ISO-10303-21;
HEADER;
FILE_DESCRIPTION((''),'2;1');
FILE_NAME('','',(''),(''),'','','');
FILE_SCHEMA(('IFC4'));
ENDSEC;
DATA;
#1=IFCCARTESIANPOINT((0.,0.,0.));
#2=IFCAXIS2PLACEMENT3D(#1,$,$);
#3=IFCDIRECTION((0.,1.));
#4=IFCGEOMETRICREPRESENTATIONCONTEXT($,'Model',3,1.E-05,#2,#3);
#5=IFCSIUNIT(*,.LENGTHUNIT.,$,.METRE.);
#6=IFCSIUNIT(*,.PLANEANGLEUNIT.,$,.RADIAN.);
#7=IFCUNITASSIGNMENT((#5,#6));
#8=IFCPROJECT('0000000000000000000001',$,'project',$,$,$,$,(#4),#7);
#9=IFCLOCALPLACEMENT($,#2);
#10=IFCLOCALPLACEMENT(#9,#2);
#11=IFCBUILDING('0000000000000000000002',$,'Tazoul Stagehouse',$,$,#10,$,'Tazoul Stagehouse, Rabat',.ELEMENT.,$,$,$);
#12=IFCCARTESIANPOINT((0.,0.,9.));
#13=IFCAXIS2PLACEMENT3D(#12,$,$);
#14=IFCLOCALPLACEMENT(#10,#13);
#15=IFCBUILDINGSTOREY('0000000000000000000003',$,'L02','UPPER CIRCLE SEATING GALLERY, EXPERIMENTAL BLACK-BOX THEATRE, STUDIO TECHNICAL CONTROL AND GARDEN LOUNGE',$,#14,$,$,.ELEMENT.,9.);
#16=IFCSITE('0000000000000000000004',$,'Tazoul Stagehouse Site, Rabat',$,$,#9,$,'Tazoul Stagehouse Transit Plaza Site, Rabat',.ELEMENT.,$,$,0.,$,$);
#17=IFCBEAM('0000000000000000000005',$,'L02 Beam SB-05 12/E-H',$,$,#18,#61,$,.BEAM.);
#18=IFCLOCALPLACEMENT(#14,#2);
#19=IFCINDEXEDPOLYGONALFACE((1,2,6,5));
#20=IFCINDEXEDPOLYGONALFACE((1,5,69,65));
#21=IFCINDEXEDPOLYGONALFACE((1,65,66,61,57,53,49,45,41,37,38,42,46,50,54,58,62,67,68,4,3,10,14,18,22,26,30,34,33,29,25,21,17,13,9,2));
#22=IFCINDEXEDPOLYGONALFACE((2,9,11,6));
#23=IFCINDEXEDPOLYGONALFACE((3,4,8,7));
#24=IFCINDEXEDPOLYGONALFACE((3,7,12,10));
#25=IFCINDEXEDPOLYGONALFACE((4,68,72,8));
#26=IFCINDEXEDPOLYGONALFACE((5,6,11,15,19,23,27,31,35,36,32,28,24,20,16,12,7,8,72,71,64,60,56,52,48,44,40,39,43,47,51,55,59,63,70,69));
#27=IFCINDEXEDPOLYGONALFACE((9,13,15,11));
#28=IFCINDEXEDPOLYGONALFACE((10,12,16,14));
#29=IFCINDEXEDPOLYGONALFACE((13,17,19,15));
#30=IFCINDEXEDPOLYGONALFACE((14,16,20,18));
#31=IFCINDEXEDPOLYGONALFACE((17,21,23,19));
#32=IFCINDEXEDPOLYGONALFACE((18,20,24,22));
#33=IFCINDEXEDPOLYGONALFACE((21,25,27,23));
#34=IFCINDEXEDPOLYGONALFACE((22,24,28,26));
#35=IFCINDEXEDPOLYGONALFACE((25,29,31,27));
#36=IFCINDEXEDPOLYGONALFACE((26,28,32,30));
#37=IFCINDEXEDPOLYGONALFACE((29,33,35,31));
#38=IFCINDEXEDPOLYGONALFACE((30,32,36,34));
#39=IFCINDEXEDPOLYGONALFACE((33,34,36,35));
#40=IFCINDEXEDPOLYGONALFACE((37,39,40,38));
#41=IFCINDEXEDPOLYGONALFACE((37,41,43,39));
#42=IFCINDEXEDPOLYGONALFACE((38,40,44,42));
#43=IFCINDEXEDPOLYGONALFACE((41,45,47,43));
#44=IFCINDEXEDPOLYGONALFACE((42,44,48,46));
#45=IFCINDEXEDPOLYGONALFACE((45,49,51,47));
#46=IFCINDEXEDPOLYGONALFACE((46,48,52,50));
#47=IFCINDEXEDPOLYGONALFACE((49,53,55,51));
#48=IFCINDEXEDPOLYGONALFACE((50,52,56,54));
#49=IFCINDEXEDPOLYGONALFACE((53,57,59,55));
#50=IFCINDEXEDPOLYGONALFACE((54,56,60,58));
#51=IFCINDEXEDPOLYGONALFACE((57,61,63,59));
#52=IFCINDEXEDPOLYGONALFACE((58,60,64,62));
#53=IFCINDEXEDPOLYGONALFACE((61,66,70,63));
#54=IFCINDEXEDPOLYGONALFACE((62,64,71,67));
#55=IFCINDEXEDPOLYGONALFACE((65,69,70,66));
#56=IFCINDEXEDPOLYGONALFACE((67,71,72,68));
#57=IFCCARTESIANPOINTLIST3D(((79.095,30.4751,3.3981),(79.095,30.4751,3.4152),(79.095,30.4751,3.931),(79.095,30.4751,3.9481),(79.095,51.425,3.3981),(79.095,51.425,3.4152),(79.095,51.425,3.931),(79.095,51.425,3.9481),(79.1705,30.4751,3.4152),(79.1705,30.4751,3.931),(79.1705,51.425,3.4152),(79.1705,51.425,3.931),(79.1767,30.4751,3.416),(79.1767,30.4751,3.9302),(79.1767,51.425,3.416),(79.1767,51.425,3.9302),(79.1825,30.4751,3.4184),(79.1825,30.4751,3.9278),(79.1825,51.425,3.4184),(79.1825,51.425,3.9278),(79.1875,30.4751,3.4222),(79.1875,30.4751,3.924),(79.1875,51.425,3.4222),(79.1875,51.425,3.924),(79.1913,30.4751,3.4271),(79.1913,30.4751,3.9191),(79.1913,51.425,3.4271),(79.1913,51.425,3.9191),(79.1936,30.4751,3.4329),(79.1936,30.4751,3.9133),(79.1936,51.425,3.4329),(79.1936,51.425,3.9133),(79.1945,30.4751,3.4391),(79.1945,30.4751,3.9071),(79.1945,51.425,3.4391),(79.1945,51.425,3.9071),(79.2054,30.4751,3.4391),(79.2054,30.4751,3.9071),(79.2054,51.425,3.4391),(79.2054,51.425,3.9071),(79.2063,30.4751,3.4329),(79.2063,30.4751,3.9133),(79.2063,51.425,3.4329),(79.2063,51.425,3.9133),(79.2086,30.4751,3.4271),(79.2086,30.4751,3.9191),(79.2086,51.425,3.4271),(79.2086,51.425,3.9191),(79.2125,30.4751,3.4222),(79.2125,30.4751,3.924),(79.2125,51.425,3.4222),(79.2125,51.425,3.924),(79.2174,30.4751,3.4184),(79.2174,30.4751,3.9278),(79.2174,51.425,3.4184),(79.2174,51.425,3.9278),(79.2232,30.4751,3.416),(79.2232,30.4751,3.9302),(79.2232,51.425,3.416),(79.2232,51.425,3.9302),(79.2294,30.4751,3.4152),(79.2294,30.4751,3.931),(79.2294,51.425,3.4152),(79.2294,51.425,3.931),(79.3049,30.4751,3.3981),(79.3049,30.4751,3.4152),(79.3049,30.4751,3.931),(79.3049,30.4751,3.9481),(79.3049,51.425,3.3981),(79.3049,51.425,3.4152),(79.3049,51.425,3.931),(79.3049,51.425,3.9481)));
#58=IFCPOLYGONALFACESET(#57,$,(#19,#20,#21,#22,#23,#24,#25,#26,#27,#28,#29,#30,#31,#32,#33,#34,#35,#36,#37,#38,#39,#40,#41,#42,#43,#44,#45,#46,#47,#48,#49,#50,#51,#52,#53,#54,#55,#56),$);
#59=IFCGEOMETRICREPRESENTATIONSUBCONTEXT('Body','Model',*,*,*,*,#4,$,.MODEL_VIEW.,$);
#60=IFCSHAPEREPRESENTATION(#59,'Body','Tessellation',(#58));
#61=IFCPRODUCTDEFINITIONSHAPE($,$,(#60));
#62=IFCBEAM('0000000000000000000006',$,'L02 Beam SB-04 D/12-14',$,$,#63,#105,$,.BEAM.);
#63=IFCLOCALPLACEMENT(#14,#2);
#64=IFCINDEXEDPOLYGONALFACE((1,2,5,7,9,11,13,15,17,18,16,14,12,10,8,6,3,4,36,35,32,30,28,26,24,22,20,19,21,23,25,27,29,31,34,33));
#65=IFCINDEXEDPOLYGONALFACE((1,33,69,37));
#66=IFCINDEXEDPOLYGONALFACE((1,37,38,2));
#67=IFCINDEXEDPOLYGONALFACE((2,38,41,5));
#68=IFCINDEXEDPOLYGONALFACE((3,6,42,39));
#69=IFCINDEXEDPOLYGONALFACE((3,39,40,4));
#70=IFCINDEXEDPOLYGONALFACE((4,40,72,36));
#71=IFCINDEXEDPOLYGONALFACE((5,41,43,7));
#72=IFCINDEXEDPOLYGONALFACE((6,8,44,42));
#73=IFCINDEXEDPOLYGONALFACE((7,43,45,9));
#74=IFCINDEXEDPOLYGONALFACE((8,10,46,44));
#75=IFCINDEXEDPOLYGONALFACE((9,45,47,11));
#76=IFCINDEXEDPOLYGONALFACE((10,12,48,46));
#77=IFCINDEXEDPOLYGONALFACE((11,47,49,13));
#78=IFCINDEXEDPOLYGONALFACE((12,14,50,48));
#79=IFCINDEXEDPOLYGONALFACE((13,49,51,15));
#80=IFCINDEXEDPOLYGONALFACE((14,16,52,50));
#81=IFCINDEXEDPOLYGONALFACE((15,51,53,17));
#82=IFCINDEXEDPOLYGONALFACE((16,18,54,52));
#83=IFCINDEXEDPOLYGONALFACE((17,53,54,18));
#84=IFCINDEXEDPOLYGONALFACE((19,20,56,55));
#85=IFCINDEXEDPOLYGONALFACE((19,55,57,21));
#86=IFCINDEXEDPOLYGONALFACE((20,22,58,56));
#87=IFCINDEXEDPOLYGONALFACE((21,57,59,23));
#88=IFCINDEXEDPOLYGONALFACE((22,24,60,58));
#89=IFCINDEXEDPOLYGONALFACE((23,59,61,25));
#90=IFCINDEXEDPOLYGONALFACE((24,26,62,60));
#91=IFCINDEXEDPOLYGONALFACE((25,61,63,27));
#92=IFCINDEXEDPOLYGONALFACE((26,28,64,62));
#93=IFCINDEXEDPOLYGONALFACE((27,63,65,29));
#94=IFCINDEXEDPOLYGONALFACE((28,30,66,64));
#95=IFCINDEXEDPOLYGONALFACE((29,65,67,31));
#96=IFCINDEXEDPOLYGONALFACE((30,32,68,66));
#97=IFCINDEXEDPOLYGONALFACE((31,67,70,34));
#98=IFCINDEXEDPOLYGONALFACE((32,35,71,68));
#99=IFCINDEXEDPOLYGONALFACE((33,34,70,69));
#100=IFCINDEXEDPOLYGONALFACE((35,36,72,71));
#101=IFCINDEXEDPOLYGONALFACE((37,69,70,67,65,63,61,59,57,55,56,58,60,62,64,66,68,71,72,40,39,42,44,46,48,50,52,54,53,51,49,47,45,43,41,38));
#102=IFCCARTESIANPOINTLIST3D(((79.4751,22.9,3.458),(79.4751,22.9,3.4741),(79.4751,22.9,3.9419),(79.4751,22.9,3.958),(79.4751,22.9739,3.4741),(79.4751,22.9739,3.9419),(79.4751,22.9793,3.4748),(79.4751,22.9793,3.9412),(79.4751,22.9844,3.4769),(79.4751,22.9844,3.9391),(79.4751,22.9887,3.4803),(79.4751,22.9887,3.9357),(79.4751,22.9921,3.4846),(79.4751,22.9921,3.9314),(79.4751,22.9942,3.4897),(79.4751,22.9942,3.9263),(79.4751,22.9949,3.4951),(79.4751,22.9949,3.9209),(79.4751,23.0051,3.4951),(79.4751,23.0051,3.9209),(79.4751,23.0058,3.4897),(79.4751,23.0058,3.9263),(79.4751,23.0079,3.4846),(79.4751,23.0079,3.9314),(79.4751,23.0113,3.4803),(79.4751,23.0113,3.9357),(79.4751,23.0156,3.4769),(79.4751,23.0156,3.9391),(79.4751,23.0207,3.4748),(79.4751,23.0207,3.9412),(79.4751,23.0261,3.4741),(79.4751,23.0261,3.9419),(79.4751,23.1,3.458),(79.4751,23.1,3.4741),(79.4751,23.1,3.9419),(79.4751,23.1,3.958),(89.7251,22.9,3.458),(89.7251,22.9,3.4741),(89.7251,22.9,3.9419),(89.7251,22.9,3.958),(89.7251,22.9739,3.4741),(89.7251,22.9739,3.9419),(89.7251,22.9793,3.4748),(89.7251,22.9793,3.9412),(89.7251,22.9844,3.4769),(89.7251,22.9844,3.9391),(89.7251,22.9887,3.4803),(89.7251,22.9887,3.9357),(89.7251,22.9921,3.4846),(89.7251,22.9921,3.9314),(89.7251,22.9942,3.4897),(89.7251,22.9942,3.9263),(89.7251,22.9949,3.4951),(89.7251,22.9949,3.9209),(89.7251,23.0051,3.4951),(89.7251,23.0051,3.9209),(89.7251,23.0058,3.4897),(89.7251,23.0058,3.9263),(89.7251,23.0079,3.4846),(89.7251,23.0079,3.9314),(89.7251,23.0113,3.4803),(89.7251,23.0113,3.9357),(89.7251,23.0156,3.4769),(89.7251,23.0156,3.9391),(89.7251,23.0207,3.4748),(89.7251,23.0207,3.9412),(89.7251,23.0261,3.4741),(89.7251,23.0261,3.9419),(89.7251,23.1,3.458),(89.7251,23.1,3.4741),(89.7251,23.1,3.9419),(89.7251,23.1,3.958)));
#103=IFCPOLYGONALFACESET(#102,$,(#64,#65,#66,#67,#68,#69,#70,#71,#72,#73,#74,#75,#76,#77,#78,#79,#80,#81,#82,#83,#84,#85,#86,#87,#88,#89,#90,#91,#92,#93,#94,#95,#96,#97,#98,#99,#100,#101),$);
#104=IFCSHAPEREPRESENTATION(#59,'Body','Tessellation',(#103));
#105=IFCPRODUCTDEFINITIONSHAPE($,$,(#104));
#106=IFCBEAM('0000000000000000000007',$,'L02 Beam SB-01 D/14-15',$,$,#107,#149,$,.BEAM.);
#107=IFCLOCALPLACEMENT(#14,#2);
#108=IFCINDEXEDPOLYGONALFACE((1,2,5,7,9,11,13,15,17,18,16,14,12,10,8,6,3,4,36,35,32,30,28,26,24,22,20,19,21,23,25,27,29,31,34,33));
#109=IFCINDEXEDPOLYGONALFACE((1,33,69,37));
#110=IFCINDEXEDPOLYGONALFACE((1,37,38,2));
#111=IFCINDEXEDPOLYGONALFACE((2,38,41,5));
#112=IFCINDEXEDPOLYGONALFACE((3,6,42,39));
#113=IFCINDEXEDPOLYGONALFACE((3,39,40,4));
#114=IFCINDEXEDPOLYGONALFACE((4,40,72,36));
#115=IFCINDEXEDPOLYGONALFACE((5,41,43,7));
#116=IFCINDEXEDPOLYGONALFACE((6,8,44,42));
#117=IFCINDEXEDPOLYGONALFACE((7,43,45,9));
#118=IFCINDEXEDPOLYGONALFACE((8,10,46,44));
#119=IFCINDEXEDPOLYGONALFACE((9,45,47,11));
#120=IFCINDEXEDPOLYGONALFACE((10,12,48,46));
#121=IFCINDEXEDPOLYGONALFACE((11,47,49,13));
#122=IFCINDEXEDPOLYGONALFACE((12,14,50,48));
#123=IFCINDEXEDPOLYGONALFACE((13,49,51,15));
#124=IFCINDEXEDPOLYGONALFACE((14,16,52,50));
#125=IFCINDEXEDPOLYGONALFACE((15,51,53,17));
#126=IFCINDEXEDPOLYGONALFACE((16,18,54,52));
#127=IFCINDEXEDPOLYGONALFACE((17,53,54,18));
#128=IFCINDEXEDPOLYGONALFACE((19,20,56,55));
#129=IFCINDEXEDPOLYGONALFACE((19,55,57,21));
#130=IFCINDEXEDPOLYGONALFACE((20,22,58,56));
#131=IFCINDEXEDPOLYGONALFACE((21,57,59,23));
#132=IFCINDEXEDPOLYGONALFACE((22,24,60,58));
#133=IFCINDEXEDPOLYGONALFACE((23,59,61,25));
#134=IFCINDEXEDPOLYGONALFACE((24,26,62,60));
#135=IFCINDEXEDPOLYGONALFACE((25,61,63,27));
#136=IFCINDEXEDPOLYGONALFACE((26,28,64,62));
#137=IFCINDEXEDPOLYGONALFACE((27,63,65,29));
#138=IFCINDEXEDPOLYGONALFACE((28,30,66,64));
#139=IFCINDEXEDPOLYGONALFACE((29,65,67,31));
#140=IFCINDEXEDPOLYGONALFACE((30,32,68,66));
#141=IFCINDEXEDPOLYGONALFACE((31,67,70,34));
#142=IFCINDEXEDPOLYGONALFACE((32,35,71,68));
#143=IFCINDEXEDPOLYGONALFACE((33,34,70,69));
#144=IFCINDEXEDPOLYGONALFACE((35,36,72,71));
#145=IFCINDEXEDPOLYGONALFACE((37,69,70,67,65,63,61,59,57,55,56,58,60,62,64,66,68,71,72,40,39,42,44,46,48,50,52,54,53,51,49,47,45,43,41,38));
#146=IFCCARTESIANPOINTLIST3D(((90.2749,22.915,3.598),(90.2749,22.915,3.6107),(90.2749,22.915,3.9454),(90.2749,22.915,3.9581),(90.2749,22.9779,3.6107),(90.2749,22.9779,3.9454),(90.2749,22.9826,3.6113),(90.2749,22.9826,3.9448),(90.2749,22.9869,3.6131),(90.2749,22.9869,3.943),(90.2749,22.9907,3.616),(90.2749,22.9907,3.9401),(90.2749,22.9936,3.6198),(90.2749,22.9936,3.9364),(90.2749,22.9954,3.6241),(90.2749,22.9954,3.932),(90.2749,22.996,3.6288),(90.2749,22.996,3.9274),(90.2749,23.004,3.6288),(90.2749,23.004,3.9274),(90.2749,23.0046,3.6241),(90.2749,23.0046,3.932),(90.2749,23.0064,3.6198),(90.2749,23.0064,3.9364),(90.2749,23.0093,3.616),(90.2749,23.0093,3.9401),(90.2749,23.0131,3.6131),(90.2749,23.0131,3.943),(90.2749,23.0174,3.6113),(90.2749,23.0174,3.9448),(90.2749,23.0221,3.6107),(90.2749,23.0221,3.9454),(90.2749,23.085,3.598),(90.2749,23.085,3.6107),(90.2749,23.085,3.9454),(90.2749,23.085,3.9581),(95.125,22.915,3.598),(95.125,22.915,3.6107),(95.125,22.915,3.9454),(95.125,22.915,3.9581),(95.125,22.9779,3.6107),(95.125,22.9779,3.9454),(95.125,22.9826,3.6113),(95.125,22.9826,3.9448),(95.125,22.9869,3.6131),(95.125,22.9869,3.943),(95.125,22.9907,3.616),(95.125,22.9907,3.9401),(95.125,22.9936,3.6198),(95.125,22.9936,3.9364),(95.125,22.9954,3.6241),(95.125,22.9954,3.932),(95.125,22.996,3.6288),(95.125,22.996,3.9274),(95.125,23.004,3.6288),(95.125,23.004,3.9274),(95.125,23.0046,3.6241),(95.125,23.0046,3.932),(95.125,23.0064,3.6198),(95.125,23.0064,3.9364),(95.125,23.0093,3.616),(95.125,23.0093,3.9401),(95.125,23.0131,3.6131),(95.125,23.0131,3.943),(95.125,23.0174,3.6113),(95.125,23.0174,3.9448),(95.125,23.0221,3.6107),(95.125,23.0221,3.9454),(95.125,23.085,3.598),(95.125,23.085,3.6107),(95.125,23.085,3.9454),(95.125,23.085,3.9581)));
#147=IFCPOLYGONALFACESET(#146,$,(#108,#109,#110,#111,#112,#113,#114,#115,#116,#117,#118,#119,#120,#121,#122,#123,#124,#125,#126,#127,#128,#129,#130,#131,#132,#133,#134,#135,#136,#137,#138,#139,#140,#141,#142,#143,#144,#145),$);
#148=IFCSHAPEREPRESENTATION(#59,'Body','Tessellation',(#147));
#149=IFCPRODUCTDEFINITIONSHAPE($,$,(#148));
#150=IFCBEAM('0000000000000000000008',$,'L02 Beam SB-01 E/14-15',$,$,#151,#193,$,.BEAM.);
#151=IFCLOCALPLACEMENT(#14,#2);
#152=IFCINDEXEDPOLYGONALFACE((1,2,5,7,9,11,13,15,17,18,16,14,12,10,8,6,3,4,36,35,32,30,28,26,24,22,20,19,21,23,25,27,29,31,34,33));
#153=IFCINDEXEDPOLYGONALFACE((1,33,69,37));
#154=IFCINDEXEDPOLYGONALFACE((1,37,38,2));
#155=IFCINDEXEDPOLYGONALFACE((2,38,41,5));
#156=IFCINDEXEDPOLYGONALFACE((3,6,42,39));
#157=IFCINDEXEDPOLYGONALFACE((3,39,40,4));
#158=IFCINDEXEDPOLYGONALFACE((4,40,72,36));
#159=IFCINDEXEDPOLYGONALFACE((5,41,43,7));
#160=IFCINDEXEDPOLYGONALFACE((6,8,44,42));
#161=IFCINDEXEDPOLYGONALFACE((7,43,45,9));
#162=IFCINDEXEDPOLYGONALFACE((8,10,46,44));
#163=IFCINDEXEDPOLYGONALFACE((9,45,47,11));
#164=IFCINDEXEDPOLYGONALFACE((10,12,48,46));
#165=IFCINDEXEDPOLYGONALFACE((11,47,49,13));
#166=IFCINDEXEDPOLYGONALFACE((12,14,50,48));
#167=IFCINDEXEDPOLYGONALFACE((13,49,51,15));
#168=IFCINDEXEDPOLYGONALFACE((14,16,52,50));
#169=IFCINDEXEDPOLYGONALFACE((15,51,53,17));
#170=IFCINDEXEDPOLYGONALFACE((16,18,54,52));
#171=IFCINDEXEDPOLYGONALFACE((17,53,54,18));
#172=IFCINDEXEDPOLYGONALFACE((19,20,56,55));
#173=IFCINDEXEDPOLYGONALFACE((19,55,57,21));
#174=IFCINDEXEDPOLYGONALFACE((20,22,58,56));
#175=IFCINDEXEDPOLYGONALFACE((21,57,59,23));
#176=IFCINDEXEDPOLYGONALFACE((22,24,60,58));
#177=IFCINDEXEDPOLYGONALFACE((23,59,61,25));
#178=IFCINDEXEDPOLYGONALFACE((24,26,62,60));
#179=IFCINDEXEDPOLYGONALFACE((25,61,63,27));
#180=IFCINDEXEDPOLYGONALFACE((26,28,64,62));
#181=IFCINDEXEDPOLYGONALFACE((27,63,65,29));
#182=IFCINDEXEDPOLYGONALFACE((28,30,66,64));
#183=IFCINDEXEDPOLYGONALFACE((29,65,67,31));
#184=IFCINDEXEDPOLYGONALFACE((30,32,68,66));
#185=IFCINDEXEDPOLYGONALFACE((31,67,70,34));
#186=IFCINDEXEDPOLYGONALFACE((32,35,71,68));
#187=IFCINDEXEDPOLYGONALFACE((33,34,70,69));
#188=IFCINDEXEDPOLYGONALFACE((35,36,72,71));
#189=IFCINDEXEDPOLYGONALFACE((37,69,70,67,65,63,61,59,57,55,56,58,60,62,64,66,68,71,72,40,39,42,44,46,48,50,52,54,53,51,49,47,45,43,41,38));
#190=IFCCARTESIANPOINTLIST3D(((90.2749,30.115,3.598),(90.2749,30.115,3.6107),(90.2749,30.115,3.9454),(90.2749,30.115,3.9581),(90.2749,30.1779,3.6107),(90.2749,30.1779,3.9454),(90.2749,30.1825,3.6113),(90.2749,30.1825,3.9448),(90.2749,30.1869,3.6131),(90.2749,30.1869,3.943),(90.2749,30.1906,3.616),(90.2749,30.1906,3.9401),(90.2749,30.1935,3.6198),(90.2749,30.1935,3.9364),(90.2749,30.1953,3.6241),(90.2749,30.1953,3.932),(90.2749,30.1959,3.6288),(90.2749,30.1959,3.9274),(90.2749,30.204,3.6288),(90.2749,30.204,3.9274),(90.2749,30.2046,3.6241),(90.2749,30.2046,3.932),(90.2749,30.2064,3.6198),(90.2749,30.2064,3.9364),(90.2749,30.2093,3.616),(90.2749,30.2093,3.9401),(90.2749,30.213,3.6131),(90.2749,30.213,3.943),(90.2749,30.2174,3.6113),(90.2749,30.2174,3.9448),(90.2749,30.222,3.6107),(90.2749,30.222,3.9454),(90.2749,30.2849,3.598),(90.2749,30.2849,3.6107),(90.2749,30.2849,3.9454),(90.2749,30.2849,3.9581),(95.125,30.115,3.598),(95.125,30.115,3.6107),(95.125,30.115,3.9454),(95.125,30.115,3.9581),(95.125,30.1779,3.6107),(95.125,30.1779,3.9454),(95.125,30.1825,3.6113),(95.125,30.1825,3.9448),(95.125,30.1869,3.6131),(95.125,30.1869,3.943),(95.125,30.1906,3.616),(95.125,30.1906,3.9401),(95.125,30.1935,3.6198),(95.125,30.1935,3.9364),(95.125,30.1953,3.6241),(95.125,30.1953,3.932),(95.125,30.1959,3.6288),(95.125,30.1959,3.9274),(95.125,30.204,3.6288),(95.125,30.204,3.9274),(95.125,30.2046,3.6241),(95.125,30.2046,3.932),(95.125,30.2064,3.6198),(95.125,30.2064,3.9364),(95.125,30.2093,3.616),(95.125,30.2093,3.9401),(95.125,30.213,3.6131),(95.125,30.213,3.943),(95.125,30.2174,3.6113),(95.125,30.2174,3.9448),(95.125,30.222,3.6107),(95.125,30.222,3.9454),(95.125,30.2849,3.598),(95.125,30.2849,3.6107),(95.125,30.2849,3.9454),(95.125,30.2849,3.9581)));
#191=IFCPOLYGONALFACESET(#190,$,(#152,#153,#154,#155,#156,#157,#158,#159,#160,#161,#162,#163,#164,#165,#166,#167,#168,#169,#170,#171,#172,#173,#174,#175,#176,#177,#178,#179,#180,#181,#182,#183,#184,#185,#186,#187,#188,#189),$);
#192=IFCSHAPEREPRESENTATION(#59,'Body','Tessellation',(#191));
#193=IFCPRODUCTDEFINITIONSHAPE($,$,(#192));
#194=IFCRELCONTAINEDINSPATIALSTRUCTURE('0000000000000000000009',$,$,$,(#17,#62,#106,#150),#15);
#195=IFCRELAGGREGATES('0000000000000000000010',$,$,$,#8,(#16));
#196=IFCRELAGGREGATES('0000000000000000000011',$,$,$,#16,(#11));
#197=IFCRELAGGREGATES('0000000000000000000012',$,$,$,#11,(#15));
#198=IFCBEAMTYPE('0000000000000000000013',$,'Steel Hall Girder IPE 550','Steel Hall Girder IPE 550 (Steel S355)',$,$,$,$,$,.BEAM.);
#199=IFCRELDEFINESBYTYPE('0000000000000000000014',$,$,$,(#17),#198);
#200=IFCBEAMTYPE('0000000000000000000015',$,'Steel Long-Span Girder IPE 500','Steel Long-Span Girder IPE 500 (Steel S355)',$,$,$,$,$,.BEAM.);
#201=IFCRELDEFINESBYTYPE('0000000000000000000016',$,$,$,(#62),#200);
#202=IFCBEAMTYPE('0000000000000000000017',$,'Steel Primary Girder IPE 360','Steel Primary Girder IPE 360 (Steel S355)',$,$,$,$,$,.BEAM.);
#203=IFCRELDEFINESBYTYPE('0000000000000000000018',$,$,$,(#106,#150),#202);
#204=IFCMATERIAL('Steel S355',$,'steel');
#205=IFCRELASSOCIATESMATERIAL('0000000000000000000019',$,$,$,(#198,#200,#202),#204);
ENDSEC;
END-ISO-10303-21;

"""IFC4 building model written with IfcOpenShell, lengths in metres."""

from ifc_helpers import new_model, si_unit, direction, frame, origin, origin_2d, place, context, subcontext, project, spatial, i_section, extrude, material, material_profile, profile_set, type_object, element, save


model = new_model("IFC4")

# Units and contexts
model_context = context("Model", 3, precision=1e-05, world=origin(), true_north=direction((0.0, 1.0)))
body_context = subcontext(model_context, "Body", "Model", "MODEL_VIEW")
ifc_project = project(units=[si_unit("LENGTHUNIT", "METRE"), si_unit("PLANEANGLEUNIT", "RADIAN")], contexts=[model_context])

# Site, building, storey
site_placement = place(None, origin())
site = spatial("IfcSite", under=ifc_project, at=site_placement, Name="Tazoul Stagehouse Site, Rabat", LongName="Tazoul Stagehouse Transit Plaza Site, Rabat", CompositionType="ELEMENT", RefElevation=0.0)
building_placement = place(site_placement, origin())
building = spatial("IfcBuilding", under=site, at=building_placement, Name="Tazoul Stagehouse", LongName="Tazoul Stagehouse, Rabat", CompositionType="ELEMENT")
storey_placement = place(building_placement, frame((0.0, 0.0, 9.0)))
storey = spatial("IfcBuildingStorey", under=building, at=storey_placement, Name="L02", Description="UPPER CIRCLE SEATING GALLERY, EXPERIMENTAL BLACK-BOX THEATRE, STUDIO TECHNICAL CONTROL AND GARDEN LOUNGE", CompositionType="ELEMENT", Elevation=9.0)

# Beams
ifc_material_1 = material(Name="Steel S355", Category="steel")
ifc_material_profile_1 = material_profile(ifc_material_1, i_section(OverallWidth=0.21, OverallDepth=0.55, WebThickness=0.011, FlangeThickness=0.0171, FilletRadius=0.0239, at=origin_2d()), Name="IPE 550")
ifc_profile_set_1 = profile_set([ifc_material_profile_1], Name="Steel S355")
beam_type_1 = type_object("IfcBeamType", Name="Steel Hall Girder IPE 550", Description="Steel Hall Girder IPE 550 (Steel S355)", PredefinedType="BEAM", material=ifc_profile_set_1)
beam_1_placement = place(storey_placement, frame((79.2, 30.4751, 3.6731), z_axis=(0.0, 1.0, 0.0), x_axis=(-1.0, 0.0, 0.0)))
element("IfcBeam", 1, at=beam_1_placement, inside=storey, type_object=beam_type_1, Name="L02 Beam SB-05 12/E-H", PredefinedType="BEAM", context=body_context, shape_type="SweptSolid", body=[
    extrude(i_section(OverallWidth=0.21, OverallDepth=0.55, WebThickness=0.011, FlangeThickness=0.0171, FilletRadius=0.0239, at=origin_2d()), origin(), (0.0, 0.0, 1.0), 20.95),
])
ifc_material_profile_2 = material_profile(ifc_material_1, i_section(OverallWidth=0.2, OverallDepth=0.5, WebThickness=0.0103, FlangeThickness=0.0161, FilletRadius=0.021, at=origin_2d()), Name="IPE 500")
ifc_profile_set_2 = profile_set([ifc_material_profile_2], Name="Steel S355")
beam_type_2 = type_object("IfcBeamType", Name="Steel Long-Span Girder IPE 500", Description="Steel Long-Span Girder IPE 500 (Steel S355)", PredefinedType="BEAM", material=ifc_profile_set_2)
beam_2_placement = place(storey_placement, frame((79.4751, 23.0, 3.708), z_axis=(1.0, 0.0, 0.0), x_axis=(0.0, 1.0, 0.0)))
element("IfcBeam", 2, at=beam_2_placement, inside=storey, type_object=beam_type_2, Name="L02 Beam SB-04 D/12-14", PredefinedType="BEAM", context=body_context, shape_type="SweptSolid", body=[
    extrude(i_section(OverallWidth=0.2, OverallDepth=0.5, WebThickness=0.0103, FlangeThickness=0.0161, FilletRadius=0.021, at=origin_2d()), origin(), (0.0, 0.0, 1.0), 10.25),
])
ifc_material_profile_3 = material_profile(ifc_material_1, i_section(OverallWidth=0.1699, OverallDepth=0.3601, WebThickness=0.0081, FlangeThickness=0.0127, FilletRadius=0.0181, at=origin_2d()), Name="IPE 360")
ifc_profile_set_3 = profile_set([ifc_material_profile_3], Name="Steel S355")
beam_type_3 = type_object("IfcBeamType", Name="Steel Primary Girder IPE 360", Description="Steel Primary Girder IPE 360 (Steel S355)", PredefinedType="BEAM", material=ifc_profile_set_3)
for number, where, z_axis, x_axis, name in (
    (3, (90.2749, 23.0, 3.7781), (1.0, 0.0, 0.0), (0.0, 1.0, 0.0), "L02 Beam SB-01 D/14-15"),
    (4, (90.2749, 30.2, 3.7781), (1.0, 0.0, 0.0), (0.0, 1.0, 0.0), "L02 Beam SB-01 E/14-15"),
):
    element("IfcBeam", number, at=place(storey_placement, frame(where, z_axis=z_axis, x_axis=x_axis)), inside=storey, type_object=beam_type_3, Name=name, PredefinedType="BEAM", context=body_context, shape_type="SweptSolid", body=[
        extrude(i_section(OverallWidth=0.1699, OverallDepth=0.3601, WebThickness=0.0081, FlangeThickness=0.0127, FilletRadius=0.0181, at=origin_2d()), origin(), (0.0, 0.0, 1.0), 4.8501),
    ])

save(model, "model.ifc")
